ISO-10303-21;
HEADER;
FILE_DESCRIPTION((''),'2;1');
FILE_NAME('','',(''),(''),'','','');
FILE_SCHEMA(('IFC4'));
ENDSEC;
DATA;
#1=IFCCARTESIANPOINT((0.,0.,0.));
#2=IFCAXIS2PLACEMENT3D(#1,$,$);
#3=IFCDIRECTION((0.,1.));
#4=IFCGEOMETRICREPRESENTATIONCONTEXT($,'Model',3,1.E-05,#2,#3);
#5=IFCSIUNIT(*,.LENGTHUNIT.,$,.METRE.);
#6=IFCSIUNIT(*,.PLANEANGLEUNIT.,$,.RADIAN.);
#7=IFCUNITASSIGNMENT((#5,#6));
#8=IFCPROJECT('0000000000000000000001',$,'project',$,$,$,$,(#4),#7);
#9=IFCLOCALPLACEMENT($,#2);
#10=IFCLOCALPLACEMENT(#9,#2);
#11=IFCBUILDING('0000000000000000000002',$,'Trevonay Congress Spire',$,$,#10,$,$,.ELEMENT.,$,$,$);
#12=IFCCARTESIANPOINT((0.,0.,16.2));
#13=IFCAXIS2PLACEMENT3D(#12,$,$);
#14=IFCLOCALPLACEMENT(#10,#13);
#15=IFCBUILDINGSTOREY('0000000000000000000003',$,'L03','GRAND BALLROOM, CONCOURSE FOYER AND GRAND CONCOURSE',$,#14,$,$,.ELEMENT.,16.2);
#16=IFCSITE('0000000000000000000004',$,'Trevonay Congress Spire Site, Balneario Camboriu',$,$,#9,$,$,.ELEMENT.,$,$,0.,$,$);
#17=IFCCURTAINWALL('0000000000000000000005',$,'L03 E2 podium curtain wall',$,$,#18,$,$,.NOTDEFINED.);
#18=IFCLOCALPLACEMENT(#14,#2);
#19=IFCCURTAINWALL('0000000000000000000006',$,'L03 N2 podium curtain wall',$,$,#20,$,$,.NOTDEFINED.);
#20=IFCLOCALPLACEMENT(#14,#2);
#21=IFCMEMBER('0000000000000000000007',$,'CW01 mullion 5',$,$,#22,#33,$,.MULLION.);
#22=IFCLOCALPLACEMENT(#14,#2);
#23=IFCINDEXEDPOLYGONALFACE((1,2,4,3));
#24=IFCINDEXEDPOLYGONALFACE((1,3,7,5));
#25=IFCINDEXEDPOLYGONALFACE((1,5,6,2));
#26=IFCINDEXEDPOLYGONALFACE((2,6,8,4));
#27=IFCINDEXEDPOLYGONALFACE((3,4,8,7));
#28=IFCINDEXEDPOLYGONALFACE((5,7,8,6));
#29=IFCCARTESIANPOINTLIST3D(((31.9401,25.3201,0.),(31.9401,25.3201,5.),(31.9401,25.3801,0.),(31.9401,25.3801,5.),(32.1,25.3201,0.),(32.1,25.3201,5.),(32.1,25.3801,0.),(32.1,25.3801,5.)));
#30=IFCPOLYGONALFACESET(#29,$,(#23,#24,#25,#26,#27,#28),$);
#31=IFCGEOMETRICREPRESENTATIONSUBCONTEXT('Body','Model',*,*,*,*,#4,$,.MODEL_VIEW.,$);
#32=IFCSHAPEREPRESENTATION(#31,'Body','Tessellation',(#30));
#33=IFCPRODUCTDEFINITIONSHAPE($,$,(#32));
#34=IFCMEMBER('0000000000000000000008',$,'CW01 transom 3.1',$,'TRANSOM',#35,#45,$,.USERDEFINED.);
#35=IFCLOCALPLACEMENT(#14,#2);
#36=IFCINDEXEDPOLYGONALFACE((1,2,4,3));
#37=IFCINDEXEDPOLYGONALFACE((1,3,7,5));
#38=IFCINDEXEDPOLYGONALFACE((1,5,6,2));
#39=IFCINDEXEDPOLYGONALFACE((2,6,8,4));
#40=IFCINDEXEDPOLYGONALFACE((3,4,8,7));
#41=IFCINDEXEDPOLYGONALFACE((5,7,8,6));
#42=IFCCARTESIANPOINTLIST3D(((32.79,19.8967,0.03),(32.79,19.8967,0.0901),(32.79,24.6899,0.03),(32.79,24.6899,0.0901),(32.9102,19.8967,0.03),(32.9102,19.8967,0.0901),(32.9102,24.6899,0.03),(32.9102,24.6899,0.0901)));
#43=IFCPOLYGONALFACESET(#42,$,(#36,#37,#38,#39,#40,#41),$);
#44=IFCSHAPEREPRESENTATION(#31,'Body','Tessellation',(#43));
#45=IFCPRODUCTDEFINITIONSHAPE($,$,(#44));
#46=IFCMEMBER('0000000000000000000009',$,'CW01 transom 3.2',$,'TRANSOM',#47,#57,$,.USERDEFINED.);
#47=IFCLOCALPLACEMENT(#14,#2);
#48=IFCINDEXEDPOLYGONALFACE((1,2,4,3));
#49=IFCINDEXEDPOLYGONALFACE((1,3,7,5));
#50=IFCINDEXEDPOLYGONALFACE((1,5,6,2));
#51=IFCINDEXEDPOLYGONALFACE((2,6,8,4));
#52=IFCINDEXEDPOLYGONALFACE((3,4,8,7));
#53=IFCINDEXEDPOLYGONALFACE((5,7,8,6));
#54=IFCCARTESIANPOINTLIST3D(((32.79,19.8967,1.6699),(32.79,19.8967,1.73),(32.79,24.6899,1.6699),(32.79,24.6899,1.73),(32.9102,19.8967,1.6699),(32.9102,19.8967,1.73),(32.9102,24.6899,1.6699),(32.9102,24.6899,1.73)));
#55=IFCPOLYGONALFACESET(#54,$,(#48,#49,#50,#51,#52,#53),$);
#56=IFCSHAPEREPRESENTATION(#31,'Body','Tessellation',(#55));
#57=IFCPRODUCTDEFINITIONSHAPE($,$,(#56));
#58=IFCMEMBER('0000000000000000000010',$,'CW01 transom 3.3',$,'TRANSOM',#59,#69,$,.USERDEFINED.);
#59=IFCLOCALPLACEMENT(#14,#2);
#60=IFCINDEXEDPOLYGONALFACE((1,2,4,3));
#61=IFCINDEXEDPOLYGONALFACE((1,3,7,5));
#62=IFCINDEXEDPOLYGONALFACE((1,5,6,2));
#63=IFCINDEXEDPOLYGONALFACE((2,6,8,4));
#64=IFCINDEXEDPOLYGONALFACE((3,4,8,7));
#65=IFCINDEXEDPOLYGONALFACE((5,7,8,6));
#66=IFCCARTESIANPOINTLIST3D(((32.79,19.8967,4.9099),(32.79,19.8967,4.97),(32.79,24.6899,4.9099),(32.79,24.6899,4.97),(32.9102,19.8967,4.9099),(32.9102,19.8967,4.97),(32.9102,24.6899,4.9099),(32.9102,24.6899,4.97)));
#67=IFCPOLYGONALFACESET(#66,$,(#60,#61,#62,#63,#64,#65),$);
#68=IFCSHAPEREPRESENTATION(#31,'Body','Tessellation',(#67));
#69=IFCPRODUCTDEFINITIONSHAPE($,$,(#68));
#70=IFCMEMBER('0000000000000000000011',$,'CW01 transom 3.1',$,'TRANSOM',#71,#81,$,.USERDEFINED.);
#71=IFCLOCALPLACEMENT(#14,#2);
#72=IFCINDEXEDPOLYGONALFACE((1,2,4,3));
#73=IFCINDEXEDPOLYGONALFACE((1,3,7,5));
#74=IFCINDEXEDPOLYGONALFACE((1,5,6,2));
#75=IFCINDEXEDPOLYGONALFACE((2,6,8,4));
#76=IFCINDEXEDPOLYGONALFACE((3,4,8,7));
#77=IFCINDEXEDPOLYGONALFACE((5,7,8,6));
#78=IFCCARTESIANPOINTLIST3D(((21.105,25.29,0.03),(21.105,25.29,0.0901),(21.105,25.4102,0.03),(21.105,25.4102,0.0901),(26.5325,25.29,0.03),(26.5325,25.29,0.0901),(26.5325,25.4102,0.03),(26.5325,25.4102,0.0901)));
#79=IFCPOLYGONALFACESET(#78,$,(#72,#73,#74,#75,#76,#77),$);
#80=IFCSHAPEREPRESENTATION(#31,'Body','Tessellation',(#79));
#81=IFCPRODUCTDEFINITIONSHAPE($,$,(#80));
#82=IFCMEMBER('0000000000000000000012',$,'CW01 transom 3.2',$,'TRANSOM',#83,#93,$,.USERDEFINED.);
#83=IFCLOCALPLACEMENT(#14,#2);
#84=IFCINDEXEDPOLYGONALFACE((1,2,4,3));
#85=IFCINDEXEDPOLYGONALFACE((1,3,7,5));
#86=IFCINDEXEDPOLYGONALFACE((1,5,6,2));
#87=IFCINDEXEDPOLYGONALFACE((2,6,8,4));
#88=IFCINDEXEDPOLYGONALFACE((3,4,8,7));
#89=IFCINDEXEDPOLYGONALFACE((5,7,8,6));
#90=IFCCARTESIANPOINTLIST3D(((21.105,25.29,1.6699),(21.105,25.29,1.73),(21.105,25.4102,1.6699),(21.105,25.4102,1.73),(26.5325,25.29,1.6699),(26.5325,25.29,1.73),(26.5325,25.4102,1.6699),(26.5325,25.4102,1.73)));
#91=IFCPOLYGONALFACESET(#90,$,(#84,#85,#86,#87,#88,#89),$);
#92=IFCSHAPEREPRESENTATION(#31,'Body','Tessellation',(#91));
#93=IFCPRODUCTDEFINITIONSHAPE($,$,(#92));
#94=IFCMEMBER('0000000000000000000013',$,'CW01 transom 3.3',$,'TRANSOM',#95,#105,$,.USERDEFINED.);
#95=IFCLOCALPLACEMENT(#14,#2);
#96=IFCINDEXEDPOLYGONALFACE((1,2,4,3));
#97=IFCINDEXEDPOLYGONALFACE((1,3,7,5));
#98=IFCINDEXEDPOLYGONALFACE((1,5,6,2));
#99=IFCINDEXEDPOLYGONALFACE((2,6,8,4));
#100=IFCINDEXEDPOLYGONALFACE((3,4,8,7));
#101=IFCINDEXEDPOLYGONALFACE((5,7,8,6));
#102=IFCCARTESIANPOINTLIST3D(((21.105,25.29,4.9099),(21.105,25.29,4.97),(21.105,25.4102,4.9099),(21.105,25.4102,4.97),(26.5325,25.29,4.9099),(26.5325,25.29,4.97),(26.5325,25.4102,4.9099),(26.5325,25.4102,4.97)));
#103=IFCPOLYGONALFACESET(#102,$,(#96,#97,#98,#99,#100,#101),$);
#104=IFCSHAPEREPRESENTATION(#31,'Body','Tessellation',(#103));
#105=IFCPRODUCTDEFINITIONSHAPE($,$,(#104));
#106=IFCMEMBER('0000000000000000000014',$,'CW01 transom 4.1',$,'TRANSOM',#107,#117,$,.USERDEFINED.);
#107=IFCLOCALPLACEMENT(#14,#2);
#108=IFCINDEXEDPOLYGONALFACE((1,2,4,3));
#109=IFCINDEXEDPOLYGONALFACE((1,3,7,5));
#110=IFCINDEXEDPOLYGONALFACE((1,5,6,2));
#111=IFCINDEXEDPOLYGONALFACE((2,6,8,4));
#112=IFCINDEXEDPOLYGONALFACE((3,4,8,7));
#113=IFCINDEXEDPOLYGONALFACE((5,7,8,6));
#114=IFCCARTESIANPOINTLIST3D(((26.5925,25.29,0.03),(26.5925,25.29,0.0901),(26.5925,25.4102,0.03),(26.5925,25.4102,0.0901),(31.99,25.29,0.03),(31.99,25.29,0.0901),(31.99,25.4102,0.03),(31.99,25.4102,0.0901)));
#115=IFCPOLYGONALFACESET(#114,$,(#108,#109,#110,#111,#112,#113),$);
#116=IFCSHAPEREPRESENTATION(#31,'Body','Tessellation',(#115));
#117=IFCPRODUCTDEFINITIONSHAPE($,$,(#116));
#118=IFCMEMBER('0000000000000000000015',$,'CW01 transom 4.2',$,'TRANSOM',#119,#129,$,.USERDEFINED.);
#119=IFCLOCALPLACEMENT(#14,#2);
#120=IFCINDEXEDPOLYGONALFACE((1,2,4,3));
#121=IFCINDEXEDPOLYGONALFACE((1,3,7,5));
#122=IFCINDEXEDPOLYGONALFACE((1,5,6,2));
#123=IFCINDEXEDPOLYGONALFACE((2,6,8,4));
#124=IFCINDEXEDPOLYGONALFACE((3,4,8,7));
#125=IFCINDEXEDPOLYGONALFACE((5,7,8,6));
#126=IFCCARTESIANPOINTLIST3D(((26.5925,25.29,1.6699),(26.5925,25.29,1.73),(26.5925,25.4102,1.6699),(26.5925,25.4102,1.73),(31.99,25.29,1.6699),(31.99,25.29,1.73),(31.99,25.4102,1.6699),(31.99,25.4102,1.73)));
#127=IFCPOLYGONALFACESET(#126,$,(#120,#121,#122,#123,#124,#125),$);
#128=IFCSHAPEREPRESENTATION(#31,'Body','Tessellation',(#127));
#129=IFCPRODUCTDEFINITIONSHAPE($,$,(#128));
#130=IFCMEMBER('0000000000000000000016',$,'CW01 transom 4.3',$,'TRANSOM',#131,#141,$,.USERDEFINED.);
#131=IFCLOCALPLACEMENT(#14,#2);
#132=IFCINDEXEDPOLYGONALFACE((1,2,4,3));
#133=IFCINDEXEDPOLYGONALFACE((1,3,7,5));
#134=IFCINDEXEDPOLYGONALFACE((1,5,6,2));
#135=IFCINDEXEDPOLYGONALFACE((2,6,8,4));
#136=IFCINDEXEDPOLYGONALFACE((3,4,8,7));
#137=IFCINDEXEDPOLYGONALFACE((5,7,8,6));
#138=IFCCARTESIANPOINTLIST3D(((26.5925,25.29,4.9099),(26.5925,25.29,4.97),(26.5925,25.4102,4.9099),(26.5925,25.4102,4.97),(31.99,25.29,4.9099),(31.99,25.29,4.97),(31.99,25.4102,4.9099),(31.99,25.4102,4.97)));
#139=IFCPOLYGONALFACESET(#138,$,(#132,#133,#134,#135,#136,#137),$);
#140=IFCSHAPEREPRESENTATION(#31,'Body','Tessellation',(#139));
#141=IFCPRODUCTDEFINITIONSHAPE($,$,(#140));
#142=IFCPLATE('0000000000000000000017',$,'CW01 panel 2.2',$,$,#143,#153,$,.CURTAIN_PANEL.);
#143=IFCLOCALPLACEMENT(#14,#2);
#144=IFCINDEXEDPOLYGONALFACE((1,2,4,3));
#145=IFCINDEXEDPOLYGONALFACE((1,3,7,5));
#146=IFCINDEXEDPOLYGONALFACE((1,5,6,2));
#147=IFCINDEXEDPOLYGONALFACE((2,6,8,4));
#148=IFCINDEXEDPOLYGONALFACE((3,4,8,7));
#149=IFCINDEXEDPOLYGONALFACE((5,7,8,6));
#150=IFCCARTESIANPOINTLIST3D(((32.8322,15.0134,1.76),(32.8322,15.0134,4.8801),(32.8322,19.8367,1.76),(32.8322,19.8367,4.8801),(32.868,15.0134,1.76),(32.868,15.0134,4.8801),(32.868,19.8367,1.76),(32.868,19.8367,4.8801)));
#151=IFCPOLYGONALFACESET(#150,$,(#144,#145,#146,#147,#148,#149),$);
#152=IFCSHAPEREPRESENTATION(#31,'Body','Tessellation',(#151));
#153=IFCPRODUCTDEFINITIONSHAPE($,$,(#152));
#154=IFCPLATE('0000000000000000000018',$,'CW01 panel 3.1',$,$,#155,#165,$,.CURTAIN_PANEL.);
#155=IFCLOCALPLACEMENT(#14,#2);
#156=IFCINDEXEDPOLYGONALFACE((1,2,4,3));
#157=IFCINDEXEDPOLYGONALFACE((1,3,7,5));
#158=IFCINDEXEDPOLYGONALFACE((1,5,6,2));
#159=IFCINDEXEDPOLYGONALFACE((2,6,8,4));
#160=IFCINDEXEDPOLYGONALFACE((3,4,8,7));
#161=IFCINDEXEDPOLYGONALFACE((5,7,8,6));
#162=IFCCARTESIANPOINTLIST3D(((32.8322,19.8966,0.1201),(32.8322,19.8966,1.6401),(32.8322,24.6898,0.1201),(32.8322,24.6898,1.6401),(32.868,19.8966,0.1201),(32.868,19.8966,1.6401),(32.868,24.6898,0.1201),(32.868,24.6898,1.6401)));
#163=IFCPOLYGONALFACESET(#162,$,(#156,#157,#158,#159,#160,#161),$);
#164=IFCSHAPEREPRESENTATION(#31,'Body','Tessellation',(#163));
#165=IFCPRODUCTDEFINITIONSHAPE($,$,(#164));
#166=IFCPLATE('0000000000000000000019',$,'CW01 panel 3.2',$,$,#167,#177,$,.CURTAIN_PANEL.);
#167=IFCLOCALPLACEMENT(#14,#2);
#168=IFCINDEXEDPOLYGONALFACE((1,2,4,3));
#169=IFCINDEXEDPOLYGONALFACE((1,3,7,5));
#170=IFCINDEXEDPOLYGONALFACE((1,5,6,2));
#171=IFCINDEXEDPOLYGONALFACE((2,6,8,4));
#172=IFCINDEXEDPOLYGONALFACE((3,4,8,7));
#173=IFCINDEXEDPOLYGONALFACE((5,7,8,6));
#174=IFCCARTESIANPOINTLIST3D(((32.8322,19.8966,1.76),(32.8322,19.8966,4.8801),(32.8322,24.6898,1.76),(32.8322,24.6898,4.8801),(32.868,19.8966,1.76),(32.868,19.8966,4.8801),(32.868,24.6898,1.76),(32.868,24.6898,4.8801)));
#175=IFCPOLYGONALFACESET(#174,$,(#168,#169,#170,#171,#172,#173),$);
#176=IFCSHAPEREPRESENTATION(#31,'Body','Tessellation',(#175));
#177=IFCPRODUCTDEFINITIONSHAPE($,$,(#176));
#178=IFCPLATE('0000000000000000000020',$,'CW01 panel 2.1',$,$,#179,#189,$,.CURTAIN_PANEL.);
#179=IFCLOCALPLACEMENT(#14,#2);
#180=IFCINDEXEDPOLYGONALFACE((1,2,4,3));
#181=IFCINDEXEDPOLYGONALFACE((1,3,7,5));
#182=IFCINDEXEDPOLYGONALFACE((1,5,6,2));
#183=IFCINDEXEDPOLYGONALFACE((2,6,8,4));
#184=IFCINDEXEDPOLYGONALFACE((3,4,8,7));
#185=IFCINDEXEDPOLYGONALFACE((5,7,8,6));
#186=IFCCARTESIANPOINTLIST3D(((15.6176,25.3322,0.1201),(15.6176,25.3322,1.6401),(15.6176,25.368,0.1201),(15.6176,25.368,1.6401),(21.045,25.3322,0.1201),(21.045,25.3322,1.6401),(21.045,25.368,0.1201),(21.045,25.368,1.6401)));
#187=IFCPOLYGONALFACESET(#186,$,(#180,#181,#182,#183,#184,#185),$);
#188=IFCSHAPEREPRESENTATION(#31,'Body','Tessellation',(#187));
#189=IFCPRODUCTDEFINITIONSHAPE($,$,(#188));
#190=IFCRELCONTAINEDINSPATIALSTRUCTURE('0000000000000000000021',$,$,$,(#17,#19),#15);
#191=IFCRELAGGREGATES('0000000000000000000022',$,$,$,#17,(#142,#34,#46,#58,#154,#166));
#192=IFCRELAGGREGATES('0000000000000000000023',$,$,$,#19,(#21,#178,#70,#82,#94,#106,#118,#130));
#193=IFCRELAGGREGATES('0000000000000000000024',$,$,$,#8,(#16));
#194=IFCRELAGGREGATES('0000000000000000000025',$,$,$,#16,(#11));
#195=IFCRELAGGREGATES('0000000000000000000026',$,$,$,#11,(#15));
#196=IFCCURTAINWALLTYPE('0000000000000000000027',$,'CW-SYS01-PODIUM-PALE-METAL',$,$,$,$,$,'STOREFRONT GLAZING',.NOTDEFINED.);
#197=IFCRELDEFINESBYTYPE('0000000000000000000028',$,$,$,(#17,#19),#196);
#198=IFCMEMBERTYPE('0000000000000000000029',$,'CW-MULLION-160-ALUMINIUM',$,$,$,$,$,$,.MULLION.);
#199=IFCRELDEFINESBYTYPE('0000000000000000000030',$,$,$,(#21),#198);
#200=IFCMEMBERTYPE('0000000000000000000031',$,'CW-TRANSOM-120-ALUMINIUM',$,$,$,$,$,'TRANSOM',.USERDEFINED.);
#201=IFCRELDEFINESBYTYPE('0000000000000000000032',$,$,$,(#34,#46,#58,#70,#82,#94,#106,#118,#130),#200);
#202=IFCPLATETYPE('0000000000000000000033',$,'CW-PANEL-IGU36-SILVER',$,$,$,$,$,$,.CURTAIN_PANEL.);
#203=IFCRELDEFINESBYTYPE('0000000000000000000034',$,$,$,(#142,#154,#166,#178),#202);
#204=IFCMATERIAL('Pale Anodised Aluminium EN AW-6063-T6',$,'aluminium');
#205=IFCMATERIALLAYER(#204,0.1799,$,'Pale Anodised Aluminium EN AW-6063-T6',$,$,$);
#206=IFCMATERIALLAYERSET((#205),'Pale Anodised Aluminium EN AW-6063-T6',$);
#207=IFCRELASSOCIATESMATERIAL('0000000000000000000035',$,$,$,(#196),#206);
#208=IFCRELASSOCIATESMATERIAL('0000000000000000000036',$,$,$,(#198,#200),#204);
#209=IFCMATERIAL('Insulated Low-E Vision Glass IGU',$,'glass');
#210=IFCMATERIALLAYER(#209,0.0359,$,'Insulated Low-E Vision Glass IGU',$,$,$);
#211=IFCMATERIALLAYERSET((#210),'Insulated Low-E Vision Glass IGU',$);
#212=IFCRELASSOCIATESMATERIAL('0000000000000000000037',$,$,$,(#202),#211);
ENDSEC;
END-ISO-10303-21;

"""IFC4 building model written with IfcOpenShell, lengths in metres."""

from ifc_helpers import new_model, si_unit, direction, frame, origin, origin_2d, place, context, subcontext, project, spatial, rectangle, extrude, material, layer, layer_set, material_profile, profile_set, type_object, element, aggregate, save


model = new_model("IFC4")

# Units and contexts
model_context = context("Model", 3, precision=1e-05, world=origin(), true_north=direction((0.0, 1.0)))
body_context = subcontext(model_context, "Body", "Model", "MODEL_VIEW")
ifc_project = project(units=[si_unit("LENGTHUNIT", "METRE"), si_unit("PLANEANGLEUNIT", "RADIAN")], contexts=[model_context])

# Site, building, storey
site_placement = place(None, origin())
site = spatial("IfcSite", under=ifc_project, at=site_placement, Name="Trevonay Congress Spire Site, Balneario Camboriu", CompositionType="ELEMENT", RefElevation=0.0)
building_placement = place(site_placement, origin())
building = spatial("IfcBuilding", under=site, at=building_placement, Name="Trevonay Congress Spire", CompositionType="ELEMENT")
storey_placement = place(building_placement, frame((0.0, 0.0, 16.2)))
storey = spatial("IfcBuildingStorey", under=building, at=storey_placement, Name="L03", Description="GRAND BALLROOM, CONCOURSE FOYER AND GRAND CONCOURSE", CompositionType="ELEMENT", Elevation=16.2)

# Curtain walls, member
ifc_material_1 = material(Name="Pale Anodised Aluminium EN AW-6063-T6", Category="aluminium")
ifc_layer_1 = layer(ifc_material_1, 0.1799, Name="Pale Anodised Aluminium EN AW-6063-T6")
ifc_layer_set_1 = layer_set([ifc_layer_1], Name="Pale Anodised Aluminium EN AW-6063-T6")
curtain_wall_type = type_object("IfcCurtainWallType", Name="CW-SYS01-PODIUM-PALE-METAL", ElementType="STOREFRONT GLAZING", PredefinedType="NOTDEFINED", material=ifc_layer_set_1)
curtain_wall_1_placement = place(storey_placement, origin())
curtain_wall_1 = element("IfcCurtainWall", 1, at=curtain_wall_1_placement, inside=storey, type_object=curtain_wall_type, Name="L03 E2 podium curtain wall", PredefinedType="NOTDEFINED")
ifc_material_profile_1 = material_profile(ifc_material_1, rectangle(XDim=0.0601, YDim=0.1599, at=origin_2d()), Name="CW-MULLION-160-ALUMINIUM")
ifc_profile_set_1 = profile_set([ifc_material_profile_1], Name="Pale Anodised Aluminium EN AW-6063-T6")
member_type_1 = type_object("IfcMemberType", Name="CW-MULLION-160-ALUMINIUM", PredefinedType="MULLION", material=ifc_profile_set_1)
curtain_wall_2_placement = place(storey_placement, origin())
curtain_wall_2 = element("IfcCurtainWall", 2, at=curtain_wall_2_placement, inside=storey, type_object=curtain_wall_type, Name="L03 N2 podium curtain wall", PredefinedType="NOTDEFINED")
member_1_placement = place(storey_placement, frame((32.02, 25.3501, 0.0), z_axis=(0.0, 0.0, 1.0), x_axis=(0.0, 1.0, 0.0)))
member_1 = element("IfcMember", 3, at=member_1_placement, type_object=member_type_1, Name="CW01 mullion 5", PredefinedType="MULLION", context=body_context, shape_type="SweptSolid", body=[
    extrude(rectangle(XDim=0.0601, YDim=0.1599, at=origin_2d()), origin(), (0.0, 0.0, 1.0), 5.0),
])

# Members
ifc_material_profile_2 = material_profile(ifc_material_1, rectangle(XDim=0.1201, YDim=0.0601, at=origin_2d()), Name="CW-TRANSOM-120-ALUMINIUM")
ifc_profile_set_2 = profile_set([ifc_material_profile_2], Name="Pale Anodised Aluminium EN AW-6063-T6")
member_type_2 = type_object("IfcMemberType", Name="CW-TRANSOM-120-ALUMINIUM", ElementType="TRANSOM", PredefinedType="USERDEFINED", material=ifc_profile_set_2)
member_2_placement = place(storey_placement, frame((32.8501, 19.8967, 0.0601), z_axis=(0.0, 1.0, 0.0), x_axis=(-1.0, 0.0, 0.0)))
member_2 = element("IfcMember", 4, at=member_2_placement, type_object=member_type_2, Name="CW01 transom 3.1", ObjectType="TRANSOM", PredefinedType="USERDEFINED", context=body_context, shape_type="SweptSolid", body=[
    extrude(rectangle(XDim=0.1201, YDim=0.0601, at=origin_2d()), origin(), (0.0, 0.0, 1.0), 4.7932),
])
member_3_placement = place(storey_placement, frame((32.8501, 19.8967, 1.7), z_axis=(0.0, 1.0, 0.0), x_axis=(-1.0, 0.0, 0.0)))
member_3 = element("IfcMember", 5, at=member_3_placement, type_object=member_type_2, Name="CW01 transom 3.2", ObjectType="TRANSOM", PredefinedType="USERDEFINED", context=body_context, shape_type="SweptSolid", body=[
    extrude(rectangle(XDim=0.1201, YDim=0.0601, at=origin_2d()), origin(), (0.0, 0.0, 1.0), 4.7932),
])
member_4_placement = place(storey_placement, frame((32.8501, 19.8967, 4.9399), z_axis=(0.0, 1.0, 0.0), x_axis=(-1.0, 0.0, 0.0)))
member_4 = element("IfcMember", 6, at=member_4_placement, type_object=member_type_2, Name="CW01 transom 3.3", ObjectType="TRANSOM", PredefinedType="USERDEFINED", context=body_context, shape_type="SweptSolid", body=[
    extrude(rectangle(XDim=0.1201, YDim=0.0601, at=origin_2d()), origin(), (0.0, 0.0, 1.0), 4.7932),
])
member_5_placement = place(storey_placement, frame((21.105, 25.3501, 0.0601), z_axis=(1.0, 0.0, 0.0), x_axis=(0.0, 1.0, 0.0)))
member_5 = element("IfcMember", 7, at=member_5_placement, type_object=member_type_2, Name="CW01 transom 3.1", ObjectType="TRANSOM", PredefinedType="USERDEFINED", context=body_context, shape_type="SweptSolid", body=[
    extrude(rectangle(XDim=0.1201, YDim=0.0601, at=origin_2d()), origin(), (0.0, 0.0, 1.0), 5.4275),
])
member_6_placement = place(storey_placement, frame((21.105, 25.3501, 1.7), z_axis=(1.0, 0.0, 0.0), x_axis=(0.0, 1.0, 0.0)))
member_6 = element("IfcMember", 8, at=member_6_placement, type_object=member_type_2, Name="CW01 transom 3.2", ObjectType="TRANSOM", PredefinedType="USERDEFINED", context=body_context, shape_type="SweptSolid", body=[
    extrude(rectangle(XDim=0.1201, YDim=0.0601, at=origin_2d()), origin(), (0.0, 0.0, 1.0), 5.4275),
])
member_7_placement = place(storey_placement, frame((21.105, 25.3501, 4.9399), z_axis=(1.0, 0.0, 0.0), x_axis=(0.0, 1.0, 0.0)))
member_7 = element("IfcMember", 9, at=member_7_placement, type_object=member_type_2, Name="CW01 transom 3.3", ObjectType="TRANSOM", PredefinedType="USERDEFINED", context=body_context, shape_type="SweptSolid", body=[
    extrude(rectangle(XDim=0.1201, YDim=0.0601, at=origin_2d()), origin(), (0.0, 0.0, 1.0), 5.4275),
])
member_8_placement = place(storey_placement, frame((26.5925, 25.3501, 0.0601), z_axis=(1.0, 0.0, 0.0), x_axis=(0.0, 1.0, 0.0)))
member_8 = element("IfcMember", 10, at=member_8_placement, type_object=member_type_2, Name="CW01 transom 4.1", ObjectType="TRANSOM", PredefinedType="USERDEFINED", context=body_context, shape_type="SweptSolid", body=[
    extrude(rectangle(XDim=0.1201, YDim=0.0601, at=origin_2d()), origin(), (0.0, 0.0, 1.0), 5.3975),
])
member_9_placement = place(storey_placement, frame((26.5925, 25.3501, 1.7), z_axis=(1.0, 0.0, 0.0), x_axis=(0.0, 1.0, 0.0)))
member_9 = element("IfcMember", 11, at=member_9_placement, type_object=member_type_2, Name="CW01 transom 4.2", ObjectType="TRANSOM", PredefinedType="USERDEFINED", context=body_context, shape_type="SweptSolid", body=[
    extrude(rectangle(XDim=0.1201, YDim=0.0601, at=origin_2d()), origin(), (0.0, 0.0, 1.0), 5.3975),
])
member_10_placement = place(storey_placement, frame((26.5925, 25.3501, 4.9399), z_axis=(1.0, 0.0, 0.0), x_axis=(0.0, 1.0, 0.0)))
member_10 = element("IfcMember", 12, at=member_10_placement, type_object=member_type_2, Name="CW01 transom 4.3", ObjectType="TRANSOM", PredefinedType="USERDEFINED", context=body_context, shape_type="SweptSolid", body=[
    extrude(rectangle(XDim=0.1201, YDim=0.0601, at=origin_2d()), origin(), (0.0, 0.0, 1.0), 5.3975),
])

# Plates
ifc_material_2 = material(Name="Insulated Low-E Vision Glass IGU", Category="glass")
ifc_layer_2 = layer(ifc_material_2, 0.0359, Name="Insulated Low-E Vision Glass IGU")
ifc_layer_set_2 = layer_set([ifc_layer_2], Name="Insulated Low-E Vision Glass IGU")
plate_type = type_object("IfcPlateType", Name="CW-PANEL-IGU36-SILVER", PredefinedType="CURTAIN_PANEL", material=ifc_layer_set_2)
plate_1_placement = place(storey_placement, frame((32.8501, 17.425, 1.76), z_axis=(0.0, 0.0, 1.0), x_axis=(0.0, 1.0, 0.0)))
plate_1 = element("IfcPlate", 13, at=plate_1_placement, type_object=plate_type, Name="CW01 panel 2.2", PredefinedType="CURTAIN_PANEL", context=body_context, shape_type="SweptSolid", body=[
    extrude(rectangle(XDim=4.8232, YDim=0.0359, at=origin_2d()), origin(), (0.0, 0.0, 1.0), 3.1201),
])
plate_2_placement = place(storey_placement, frame((32.8501, 22.2932, 0.1201), z_axis=(0.0, 0.0, 1.0), x_axis=(0.0, 1.0, 0.0)))
plate_2 = element("IfcPlate", 14, at=plate_2_placement, type_object=plate_type, Name="CW01 panel 3.1", PredefinedType="CURTAIN_PANEL", context=body_context, shape_type="SweptSolid", body=[
    extrude(rectangle(XDim=4.7932, YDim=0.0359, at=origin_2d()), origin(), (0.0, 0.0, 1.0), 1.52),
])
plate_3_placement = place(storey_placement, frame((32.8501, 22.2932, 1.76), z_axis=(0.0, 0.0, 1.0), x_axis=(0.0, 1.0, 0.0)))
plate_3 = element("IfcPlate", 15, at=plate_3_placement, type_object=plate_type, Name="CW01 panel 3.2", PredefinedType="CURTAIN_PANEL", context=body_context, shape_type="SweptSolid", body=[
    extrude(rectangle(XDim=4.7932, YDim=0.0359, at=origin_2d()), origin(), (0.0, 0.0, 1.0), 3.1201),
])
aggregate(curtain_wall_1, [plate_1, member_2, member_3, member_4, plate_2, plate_3])
plate_4_placement = place(storey_placement, frame((18.3313, 25.3501, 0.1201), z_axis=(0.0, 0.0, 1.0), x_axis=(1.0, 0.0, 0.0)))
plate_4 = element("IfcPlate", 16, at=plate_4_placement, type_object=plate_type, Name="CW01 panel 2.1", PredefinedType="CURTAIN_PANEL", context=body_context, shape_type="SweptSolid", body=[
    extrude(rectangle(XDim=5.4275, YDim=0.0359, at=origin_2d()), origin(), (0.0, 0.0, 1.0), 1.52),
])
aggregate(curtain_wall_2, [member_1, plate_4, member_5, member_6, member_7, member_8, member_9, member_10])

save(model, "model.ifc")
